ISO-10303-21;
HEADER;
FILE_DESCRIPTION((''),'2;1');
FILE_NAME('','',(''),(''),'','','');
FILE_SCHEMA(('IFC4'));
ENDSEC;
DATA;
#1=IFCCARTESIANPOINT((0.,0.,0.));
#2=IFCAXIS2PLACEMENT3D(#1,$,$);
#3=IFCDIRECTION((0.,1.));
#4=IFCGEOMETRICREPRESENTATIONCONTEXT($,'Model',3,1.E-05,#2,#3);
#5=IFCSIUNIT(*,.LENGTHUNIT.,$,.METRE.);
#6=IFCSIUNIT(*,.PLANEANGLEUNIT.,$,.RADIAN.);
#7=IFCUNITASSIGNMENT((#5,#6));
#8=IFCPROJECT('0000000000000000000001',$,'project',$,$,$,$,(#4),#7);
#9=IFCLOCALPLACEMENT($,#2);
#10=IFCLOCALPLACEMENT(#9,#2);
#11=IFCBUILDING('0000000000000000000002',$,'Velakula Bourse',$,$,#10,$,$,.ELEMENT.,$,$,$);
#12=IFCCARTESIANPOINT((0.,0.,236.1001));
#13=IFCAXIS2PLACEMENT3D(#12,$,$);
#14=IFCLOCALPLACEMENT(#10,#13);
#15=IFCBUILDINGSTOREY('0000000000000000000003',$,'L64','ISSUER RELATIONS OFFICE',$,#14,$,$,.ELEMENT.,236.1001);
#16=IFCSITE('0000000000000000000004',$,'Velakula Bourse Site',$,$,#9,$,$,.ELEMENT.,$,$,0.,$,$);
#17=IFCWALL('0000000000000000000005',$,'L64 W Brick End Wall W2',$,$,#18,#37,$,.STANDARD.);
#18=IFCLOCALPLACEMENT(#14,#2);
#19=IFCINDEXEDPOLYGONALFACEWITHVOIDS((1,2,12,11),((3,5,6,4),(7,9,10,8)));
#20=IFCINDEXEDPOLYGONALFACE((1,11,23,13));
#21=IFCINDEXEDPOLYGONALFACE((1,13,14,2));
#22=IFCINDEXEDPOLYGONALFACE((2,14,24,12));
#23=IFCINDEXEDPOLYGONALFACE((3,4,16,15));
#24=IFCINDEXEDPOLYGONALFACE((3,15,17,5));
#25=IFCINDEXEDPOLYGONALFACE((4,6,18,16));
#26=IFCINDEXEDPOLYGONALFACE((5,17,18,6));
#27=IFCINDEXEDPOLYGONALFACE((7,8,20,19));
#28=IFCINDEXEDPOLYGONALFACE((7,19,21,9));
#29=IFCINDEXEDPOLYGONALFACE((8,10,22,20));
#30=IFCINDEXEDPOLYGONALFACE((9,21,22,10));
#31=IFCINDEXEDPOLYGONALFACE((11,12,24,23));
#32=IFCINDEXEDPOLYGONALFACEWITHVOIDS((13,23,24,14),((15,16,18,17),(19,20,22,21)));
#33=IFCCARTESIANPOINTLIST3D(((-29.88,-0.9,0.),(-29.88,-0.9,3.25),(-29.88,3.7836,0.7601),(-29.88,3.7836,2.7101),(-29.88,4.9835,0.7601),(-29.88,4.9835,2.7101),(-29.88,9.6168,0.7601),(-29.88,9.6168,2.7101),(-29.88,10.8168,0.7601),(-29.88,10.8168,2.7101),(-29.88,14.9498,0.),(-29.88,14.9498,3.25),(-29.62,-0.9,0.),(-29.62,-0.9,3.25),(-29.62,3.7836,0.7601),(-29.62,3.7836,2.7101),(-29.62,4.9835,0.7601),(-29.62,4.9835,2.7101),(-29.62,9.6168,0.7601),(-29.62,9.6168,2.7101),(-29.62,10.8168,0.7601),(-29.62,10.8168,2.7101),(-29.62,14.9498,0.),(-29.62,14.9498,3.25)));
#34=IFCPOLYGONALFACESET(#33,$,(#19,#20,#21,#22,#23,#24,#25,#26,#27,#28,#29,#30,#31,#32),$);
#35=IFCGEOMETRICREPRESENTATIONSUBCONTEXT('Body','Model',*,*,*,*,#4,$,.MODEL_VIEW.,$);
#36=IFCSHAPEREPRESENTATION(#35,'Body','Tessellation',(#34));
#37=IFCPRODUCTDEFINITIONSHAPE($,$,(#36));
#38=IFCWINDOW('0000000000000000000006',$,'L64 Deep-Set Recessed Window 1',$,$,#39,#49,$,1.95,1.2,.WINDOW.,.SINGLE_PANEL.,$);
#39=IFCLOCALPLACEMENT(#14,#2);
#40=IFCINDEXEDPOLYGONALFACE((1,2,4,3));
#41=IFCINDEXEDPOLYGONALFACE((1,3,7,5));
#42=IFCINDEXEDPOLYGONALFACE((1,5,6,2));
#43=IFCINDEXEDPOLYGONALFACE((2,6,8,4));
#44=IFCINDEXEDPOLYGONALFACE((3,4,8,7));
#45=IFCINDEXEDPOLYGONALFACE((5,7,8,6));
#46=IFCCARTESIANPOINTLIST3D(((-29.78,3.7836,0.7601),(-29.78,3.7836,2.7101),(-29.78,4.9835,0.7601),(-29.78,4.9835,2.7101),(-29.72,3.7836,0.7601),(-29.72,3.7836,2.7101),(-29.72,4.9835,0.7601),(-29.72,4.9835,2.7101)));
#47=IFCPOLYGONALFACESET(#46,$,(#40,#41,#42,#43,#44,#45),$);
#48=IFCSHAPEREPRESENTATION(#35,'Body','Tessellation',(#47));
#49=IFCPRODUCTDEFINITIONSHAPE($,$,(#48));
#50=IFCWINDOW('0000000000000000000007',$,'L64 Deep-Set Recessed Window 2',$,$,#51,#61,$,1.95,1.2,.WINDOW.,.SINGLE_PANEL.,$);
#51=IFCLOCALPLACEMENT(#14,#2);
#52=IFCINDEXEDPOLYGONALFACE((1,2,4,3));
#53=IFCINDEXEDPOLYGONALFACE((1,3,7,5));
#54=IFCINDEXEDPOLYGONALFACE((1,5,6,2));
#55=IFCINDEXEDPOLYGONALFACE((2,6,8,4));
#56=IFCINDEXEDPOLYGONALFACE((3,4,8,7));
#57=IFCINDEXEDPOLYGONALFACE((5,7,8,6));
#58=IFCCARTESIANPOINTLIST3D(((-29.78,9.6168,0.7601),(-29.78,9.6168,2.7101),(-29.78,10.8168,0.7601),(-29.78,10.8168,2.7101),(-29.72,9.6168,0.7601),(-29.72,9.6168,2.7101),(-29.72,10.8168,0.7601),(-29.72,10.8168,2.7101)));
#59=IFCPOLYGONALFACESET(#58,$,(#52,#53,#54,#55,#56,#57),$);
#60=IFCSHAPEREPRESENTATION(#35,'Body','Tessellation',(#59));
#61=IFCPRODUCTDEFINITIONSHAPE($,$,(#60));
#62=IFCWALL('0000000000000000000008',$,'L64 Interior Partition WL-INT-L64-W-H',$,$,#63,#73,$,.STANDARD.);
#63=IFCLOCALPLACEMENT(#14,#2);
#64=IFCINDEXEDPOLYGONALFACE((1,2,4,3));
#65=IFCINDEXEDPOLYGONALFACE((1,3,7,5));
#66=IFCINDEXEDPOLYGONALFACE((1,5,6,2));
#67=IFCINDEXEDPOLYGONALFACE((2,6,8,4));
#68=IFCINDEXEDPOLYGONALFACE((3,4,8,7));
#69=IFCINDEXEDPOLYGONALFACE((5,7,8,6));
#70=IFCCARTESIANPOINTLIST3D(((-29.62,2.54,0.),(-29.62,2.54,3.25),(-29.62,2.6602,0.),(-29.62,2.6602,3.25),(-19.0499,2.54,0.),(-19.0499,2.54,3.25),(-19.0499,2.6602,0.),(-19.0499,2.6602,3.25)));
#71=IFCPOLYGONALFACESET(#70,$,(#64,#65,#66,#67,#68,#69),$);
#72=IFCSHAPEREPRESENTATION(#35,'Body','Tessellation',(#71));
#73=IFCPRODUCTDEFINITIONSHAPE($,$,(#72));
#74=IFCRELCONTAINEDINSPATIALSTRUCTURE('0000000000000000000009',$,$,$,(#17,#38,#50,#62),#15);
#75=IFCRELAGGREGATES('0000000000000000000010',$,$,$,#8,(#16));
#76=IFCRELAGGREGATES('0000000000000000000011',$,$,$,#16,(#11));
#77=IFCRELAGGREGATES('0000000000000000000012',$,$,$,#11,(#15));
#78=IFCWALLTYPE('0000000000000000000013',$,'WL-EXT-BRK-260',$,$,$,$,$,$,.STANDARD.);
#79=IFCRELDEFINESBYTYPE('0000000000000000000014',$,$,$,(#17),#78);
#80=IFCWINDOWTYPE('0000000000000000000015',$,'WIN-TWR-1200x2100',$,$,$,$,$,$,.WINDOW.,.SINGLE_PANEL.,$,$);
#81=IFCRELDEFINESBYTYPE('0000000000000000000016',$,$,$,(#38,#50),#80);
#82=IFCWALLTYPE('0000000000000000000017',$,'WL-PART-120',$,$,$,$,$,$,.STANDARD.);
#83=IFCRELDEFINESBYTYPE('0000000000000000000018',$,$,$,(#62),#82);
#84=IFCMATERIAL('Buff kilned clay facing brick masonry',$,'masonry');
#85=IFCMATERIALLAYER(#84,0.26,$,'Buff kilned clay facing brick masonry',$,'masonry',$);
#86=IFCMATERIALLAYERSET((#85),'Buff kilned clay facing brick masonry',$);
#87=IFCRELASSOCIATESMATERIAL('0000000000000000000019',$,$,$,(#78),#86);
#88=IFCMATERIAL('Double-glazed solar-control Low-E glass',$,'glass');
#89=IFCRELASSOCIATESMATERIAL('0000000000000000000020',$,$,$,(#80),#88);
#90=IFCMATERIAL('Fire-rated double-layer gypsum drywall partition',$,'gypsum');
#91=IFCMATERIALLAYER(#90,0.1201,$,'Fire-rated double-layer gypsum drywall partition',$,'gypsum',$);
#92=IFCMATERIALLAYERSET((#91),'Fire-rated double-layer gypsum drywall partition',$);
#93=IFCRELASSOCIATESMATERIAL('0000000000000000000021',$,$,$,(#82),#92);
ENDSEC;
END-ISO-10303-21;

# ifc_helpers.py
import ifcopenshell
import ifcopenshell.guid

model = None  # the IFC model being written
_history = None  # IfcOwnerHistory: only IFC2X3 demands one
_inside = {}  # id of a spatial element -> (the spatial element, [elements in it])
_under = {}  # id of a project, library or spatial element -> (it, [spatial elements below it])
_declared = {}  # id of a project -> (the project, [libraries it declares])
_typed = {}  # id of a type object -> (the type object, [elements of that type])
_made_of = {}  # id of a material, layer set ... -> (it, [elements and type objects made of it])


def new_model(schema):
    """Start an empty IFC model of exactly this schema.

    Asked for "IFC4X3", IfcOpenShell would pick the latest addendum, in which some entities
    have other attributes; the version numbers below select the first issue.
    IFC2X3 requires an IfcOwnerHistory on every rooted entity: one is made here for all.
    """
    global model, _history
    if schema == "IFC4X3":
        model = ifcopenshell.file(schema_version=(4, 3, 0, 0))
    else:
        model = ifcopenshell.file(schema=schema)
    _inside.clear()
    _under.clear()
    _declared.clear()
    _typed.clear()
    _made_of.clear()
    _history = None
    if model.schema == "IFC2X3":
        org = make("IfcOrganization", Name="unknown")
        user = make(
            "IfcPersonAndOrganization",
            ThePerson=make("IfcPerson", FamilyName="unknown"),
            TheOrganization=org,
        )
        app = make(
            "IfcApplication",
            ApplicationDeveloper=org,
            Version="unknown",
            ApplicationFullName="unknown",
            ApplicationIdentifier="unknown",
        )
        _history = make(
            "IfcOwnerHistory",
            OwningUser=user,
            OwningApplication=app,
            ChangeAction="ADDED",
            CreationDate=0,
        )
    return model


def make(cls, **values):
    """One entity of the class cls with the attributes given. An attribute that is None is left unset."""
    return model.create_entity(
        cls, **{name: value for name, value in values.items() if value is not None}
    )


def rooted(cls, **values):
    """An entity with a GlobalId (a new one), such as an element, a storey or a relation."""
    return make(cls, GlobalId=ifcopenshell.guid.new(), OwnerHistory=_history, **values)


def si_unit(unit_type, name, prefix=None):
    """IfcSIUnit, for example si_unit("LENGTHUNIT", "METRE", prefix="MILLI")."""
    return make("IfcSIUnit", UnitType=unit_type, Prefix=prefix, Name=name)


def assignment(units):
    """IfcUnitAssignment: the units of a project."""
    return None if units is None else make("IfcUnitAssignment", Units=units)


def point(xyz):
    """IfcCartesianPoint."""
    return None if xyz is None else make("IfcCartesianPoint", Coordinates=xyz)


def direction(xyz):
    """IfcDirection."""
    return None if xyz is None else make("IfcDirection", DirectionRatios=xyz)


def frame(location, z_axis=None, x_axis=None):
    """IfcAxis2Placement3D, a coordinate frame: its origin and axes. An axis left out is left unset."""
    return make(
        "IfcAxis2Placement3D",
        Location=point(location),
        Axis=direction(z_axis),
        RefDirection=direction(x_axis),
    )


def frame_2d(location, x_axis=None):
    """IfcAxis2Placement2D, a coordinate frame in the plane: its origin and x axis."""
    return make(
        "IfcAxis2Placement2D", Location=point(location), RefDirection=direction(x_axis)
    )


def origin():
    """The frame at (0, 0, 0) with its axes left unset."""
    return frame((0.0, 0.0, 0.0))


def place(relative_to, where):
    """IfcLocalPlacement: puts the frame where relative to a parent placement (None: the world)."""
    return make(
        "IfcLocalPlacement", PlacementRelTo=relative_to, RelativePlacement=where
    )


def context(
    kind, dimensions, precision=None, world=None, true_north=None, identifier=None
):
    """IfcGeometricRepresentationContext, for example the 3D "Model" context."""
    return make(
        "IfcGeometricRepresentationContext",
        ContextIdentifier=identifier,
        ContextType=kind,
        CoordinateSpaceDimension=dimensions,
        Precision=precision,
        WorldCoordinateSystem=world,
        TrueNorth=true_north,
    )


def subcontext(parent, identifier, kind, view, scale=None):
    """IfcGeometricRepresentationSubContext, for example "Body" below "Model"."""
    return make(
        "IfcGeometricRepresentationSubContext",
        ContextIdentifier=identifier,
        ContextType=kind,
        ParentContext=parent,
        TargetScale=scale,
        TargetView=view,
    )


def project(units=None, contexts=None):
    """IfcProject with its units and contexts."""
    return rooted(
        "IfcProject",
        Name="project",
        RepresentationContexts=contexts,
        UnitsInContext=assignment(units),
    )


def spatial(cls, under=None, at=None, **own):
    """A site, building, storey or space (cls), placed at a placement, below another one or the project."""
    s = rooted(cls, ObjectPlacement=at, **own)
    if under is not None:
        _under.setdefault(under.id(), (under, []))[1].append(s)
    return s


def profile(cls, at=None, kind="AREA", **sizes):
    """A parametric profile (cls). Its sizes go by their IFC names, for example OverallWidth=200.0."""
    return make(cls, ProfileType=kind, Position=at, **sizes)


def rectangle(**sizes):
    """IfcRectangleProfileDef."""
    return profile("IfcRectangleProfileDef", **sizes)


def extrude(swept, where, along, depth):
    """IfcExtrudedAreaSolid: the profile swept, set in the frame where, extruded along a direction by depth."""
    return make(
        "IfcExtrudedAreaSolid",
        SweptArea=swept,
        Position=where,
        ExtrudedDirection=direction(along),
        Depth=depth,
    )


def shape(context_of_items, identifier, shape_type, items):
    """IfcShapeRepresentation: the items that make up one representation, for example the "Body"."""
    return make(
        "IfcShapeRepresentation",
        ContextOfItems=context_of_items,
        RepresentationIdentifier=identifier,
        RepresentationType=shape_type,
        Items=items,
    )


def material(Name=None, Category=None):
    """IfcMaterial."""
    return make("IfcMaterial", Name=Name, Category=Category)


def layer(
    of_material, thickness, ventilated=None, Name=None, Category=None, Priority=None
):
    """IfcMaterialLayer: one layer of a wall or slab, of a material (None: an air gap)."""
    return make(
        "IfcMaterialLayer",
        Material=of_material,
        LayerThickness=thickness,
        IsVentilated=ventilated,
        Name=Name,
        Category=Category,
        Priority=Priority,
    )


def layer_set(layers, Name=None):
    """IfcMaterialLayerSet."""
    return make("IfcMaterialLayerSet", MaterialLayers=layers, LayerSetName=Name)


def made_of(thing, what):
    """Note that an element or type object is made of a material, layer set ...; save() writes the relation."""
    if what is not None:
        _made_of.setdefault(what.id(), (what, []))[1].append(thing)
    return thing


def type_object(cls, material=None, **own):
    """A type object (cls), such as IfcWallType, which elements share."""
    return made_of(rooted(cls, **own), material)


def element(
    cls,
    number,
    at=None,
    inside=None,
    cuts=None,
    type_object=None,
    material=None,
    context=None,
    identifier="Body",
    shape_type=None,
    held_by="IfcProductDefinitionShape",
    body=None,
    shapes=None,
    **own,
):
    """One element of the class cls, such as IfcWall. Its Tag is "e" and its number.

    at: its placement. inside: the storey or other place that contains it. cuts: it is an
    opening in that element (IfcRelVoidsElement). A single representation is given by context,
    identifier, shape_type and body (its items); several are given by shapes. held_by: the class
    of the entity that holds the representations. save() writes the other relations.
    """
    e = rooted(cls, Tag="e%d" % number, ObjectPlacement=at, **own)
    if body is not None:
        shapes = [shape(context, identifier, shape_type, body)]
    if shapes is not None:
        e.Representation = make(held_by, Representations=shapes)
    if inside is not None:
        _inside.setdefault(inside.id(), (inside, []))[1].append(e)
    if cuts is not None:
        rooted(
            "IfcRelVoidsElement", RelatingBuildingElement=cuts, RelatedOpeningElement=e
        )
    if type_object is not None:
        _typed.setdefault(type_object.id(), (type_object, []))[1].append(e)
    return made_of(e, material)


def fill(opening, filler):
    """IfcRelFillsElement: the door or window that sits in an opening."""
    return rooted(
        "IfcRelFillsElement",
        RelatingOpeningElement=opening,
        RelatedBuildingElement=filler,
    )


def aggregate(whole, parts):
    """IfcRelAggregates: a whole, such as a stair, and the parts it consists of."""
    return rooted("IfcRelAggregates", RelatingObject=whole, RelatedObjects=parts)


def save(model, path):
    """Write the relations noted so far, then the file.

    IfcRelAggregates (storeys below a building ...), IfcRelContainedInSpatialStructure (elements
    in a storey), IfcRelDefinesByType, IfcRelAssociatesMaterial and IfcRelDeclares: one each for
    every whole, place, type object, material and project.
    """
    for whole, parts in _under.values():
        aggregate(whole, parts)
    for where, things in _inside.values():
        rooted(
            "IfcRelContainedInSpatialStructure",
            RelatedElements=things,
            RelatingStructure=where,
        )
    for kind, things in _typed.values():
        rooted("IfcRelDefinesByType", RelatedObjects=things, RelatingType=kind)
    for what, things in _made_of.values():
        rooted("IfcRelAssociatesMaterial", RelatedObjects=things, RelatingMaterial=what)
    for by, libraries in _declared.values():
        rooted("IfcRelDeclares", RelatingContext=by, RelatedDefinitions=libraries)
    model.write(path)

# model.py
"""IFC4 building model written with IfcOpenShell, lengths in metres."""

from ifc_helpers import new_model, si_unit, direction, frame, frame_2d, origin, place, context, subcontext, project, spatial, rectangle, extrude, material, layer, layer_set, type_object, element, fill, save


model = new_model("IFC4")

# Units and contexts
model_context = context("Model", 3, precision=1e-05, world=origin(), true_north=direction((0.0, 1.0)))
body_context = subcontext(model_context, "Body", "Model", "MODEL_VIEW")
ifc_project = project(units=[si_unit("LENGTHUNIT", "METRE"), si_unit("PLANEANGLEUNIT", "RADIAN")], contexts=[model_context])

# Site, building, storey
site_placement = place(None, origin())
site = spatial("IfcSite", under=ifc_project, at=site_placement, Name="Velakula Bourse Site", CompositionType="ELEMENT", RefElevation=0.0)
building_placement = place(site_placement, origin())
building = spatial("IfcBuilding", under=site, at=building_placement, Name="Velakula Bourse", CompositionType="ELEMENT")
storey_placement = place(building_placement, frame((0.0, 0.0, 236.1001)))
storey = spatial("IfcBuildingStorey", under=building, at=storey_placement, Name="L64", Description="ISSUER RELATIONS OFFICE", CompositionType="ELEMENT", Elevation=236.1001)

# Wall, openings, windows
ifc_material_1 = material(Name="Buff kilned clay facing brick masonry", Category="masonry")
ifc_layer_1 = layer(ifc_material_1, 0.26, Name="Buff kilned clay facing brick masonry", Category="masonry")
ifc_layer_set_1 = layer_set([ifc_layer_1], Name="Buff kilned clay facing brick masonry")
wall_type_1 = type_object("IfcWallType", Name="WL-EXT-BRK-260", PredefinedType="STANDARD", material=ifc_layer_set_1)
wall_1_placement = place(storey_placement, frame((-29.75, -0.8999, 0.0), z_axis=(0.0, 0.0, 1.0), x_axis=(0.0, 1.0, 0.0)))
wall_1 = element("IfcWall", 1, at=wall_1_placement, inside=storey, type_object=wall_type_1, Name="L64 W Brick End Wall W2", PredefinedType="STANDARD", context=body_context, shape_type="SweptSolid", body=[
    extrude(rectangle(XDim=15.8499, YDim=0.26, at=frame_2d((7.9248, 0.0))), origin(), (0.0, 0.0, 1.0), 3.25),
])
opening_1_placement = place(wall_1_placement, frame((4.6833, 0.0, 0.76)))
opening_1 = element("IfcOpeningElement", 2, at=opening_1_placement, cuts=wall_1, PredefinedType="OPENING", context=body_context, shape_type="SweptSolid", body=[
    extrude(rectangle(XDim=1.2, YDim=1.95, at=frame_2d((0.6001, 0.9751))), frame((0.0, 0.1399, 0.0), z_axis=(0.0, -1.0, 0.0), x_axis=(1.0, 0.0, 0.0)), (0.0, 0.0, 1.0), 0.28),
])
opening_2_placement = place(wall_1_placement, frame((10.5166, 0.0, 0.76)))
opening_2 = element("IfcOpeningElement", 3, at=opening_2_placement, cuts=wall_1, PredefinedType="OPENING", context=body_context, shape_type="SweptSolid", body=[
    extrude(rectangle(XDim=1.2, YDim=1.95, at=frame_2d((0.6001, 0.9751))), frame((0.0, 0.1399, 0.0), z_axis=(0.0, -1.0, 0.0), x_axis=(1.0, 0.0, 0.0)), (0.0, 0.0, 1.0), 0.28),
])
ifc_material_2 = material(Name="Double-glazed solar-control Low-E glass", Category="glass")
window_type = type_object("IfcWindowType", Name="WIN-TWR-1200x2100", PartitioningType="SINGLE_PANEL", PredefinedType="WINDOW", material=ifc_material_2)
window_1_placement = place(opening_1_placement, origin())
window_1 = element("IfcWindow", 4, at=window_1_placement, inside=storey, type_object=window_type, Name="L64 Deep-Set Recessed Window 1", OverallHeight=1.95, OverallWidth=1.2, PartitioningType="SINGLE_PANEL", PredefinedType="WINDOW", context=body_context, shape_type="SweptSolid", body=[
    extrude(rectangle(XDim=1.2, YDim=1.95, at=frame_2d((0.6001, 0.9751))), frame((0.0, 0.03, 0.0), z_axis=(0.0, -1.0, 0.0), x_axis=(1.0, 0.0, 0.0)), (0.0, 0.0, 1.0), 0.0601),
])
fill(opening_1, window_1)
window_2_placement = place(opening_2_placement, origin())
window_2 = element("IfcWindow", 5, at=window_2_placement, inside=storey, type_object=window_type, Name="L64 Deep-Set Recessed Window 2", OverallHeight=1.95, OverallWidth=1.2, PartitioningType="SINGLE_PANEL", PredefinedType="WINDOW", context=body_context, shape_type="SweptSolid", body=[
    extrude(rectangle(XDim=1.2, YDim=1.95, at=frame_2d((0.6001, 0.9751))), frame((0.0, 0.03, 0.0), z_axis=(0.0, -1.0, 0.0), x_axis=(1.0, 0.0, 0.0)), (0.0, 0.0, 1.0), 0.0601),
])
fill(opening_2, window_2)

# Wall
ifc_material_3 = material(Name="Fire-rated double-layer gypsum drywall partition", Category="gypsum")
ifc_layer_2 = layer(ifc_material_3, 0.1201, Name="Fire-rated double-layer gypsum drywall partition", Category="gypsum")
ifc_layer_set_2 = layer_set([ifc_layer_2], Name="Fire-rated double-layer gypsum drywall partition")
wall_type_2 = type_object("IfcWallType", Name="WL-PART-120", PredefinedType="STANDARD", material=ifc_layer_set_2)
wall_2_placement = place(storey_placement, frame((-29.6201, 2.6001, 0.0), z_axis=(0.0, 0.0, 1.0), x_axis=(1.0, 0.0, 0.0)))
element("IfcWall", 6, at=wall_2_placement, inside=storey, type_object=wall_type_2, Name="L64 Interior Partition WL-INT-L64-W-H", PredefinedType="STANDARD", context=body_context, shape_type="SweptSolid", body=[
    extrude(rectangle(XDim=10.5701, YDim=0.1201, at=frame_2d((5.2852, 0.0))), origin(), (0.0, 0.0, 1.0), 3.25),
])

save(model, "model.ifc")
